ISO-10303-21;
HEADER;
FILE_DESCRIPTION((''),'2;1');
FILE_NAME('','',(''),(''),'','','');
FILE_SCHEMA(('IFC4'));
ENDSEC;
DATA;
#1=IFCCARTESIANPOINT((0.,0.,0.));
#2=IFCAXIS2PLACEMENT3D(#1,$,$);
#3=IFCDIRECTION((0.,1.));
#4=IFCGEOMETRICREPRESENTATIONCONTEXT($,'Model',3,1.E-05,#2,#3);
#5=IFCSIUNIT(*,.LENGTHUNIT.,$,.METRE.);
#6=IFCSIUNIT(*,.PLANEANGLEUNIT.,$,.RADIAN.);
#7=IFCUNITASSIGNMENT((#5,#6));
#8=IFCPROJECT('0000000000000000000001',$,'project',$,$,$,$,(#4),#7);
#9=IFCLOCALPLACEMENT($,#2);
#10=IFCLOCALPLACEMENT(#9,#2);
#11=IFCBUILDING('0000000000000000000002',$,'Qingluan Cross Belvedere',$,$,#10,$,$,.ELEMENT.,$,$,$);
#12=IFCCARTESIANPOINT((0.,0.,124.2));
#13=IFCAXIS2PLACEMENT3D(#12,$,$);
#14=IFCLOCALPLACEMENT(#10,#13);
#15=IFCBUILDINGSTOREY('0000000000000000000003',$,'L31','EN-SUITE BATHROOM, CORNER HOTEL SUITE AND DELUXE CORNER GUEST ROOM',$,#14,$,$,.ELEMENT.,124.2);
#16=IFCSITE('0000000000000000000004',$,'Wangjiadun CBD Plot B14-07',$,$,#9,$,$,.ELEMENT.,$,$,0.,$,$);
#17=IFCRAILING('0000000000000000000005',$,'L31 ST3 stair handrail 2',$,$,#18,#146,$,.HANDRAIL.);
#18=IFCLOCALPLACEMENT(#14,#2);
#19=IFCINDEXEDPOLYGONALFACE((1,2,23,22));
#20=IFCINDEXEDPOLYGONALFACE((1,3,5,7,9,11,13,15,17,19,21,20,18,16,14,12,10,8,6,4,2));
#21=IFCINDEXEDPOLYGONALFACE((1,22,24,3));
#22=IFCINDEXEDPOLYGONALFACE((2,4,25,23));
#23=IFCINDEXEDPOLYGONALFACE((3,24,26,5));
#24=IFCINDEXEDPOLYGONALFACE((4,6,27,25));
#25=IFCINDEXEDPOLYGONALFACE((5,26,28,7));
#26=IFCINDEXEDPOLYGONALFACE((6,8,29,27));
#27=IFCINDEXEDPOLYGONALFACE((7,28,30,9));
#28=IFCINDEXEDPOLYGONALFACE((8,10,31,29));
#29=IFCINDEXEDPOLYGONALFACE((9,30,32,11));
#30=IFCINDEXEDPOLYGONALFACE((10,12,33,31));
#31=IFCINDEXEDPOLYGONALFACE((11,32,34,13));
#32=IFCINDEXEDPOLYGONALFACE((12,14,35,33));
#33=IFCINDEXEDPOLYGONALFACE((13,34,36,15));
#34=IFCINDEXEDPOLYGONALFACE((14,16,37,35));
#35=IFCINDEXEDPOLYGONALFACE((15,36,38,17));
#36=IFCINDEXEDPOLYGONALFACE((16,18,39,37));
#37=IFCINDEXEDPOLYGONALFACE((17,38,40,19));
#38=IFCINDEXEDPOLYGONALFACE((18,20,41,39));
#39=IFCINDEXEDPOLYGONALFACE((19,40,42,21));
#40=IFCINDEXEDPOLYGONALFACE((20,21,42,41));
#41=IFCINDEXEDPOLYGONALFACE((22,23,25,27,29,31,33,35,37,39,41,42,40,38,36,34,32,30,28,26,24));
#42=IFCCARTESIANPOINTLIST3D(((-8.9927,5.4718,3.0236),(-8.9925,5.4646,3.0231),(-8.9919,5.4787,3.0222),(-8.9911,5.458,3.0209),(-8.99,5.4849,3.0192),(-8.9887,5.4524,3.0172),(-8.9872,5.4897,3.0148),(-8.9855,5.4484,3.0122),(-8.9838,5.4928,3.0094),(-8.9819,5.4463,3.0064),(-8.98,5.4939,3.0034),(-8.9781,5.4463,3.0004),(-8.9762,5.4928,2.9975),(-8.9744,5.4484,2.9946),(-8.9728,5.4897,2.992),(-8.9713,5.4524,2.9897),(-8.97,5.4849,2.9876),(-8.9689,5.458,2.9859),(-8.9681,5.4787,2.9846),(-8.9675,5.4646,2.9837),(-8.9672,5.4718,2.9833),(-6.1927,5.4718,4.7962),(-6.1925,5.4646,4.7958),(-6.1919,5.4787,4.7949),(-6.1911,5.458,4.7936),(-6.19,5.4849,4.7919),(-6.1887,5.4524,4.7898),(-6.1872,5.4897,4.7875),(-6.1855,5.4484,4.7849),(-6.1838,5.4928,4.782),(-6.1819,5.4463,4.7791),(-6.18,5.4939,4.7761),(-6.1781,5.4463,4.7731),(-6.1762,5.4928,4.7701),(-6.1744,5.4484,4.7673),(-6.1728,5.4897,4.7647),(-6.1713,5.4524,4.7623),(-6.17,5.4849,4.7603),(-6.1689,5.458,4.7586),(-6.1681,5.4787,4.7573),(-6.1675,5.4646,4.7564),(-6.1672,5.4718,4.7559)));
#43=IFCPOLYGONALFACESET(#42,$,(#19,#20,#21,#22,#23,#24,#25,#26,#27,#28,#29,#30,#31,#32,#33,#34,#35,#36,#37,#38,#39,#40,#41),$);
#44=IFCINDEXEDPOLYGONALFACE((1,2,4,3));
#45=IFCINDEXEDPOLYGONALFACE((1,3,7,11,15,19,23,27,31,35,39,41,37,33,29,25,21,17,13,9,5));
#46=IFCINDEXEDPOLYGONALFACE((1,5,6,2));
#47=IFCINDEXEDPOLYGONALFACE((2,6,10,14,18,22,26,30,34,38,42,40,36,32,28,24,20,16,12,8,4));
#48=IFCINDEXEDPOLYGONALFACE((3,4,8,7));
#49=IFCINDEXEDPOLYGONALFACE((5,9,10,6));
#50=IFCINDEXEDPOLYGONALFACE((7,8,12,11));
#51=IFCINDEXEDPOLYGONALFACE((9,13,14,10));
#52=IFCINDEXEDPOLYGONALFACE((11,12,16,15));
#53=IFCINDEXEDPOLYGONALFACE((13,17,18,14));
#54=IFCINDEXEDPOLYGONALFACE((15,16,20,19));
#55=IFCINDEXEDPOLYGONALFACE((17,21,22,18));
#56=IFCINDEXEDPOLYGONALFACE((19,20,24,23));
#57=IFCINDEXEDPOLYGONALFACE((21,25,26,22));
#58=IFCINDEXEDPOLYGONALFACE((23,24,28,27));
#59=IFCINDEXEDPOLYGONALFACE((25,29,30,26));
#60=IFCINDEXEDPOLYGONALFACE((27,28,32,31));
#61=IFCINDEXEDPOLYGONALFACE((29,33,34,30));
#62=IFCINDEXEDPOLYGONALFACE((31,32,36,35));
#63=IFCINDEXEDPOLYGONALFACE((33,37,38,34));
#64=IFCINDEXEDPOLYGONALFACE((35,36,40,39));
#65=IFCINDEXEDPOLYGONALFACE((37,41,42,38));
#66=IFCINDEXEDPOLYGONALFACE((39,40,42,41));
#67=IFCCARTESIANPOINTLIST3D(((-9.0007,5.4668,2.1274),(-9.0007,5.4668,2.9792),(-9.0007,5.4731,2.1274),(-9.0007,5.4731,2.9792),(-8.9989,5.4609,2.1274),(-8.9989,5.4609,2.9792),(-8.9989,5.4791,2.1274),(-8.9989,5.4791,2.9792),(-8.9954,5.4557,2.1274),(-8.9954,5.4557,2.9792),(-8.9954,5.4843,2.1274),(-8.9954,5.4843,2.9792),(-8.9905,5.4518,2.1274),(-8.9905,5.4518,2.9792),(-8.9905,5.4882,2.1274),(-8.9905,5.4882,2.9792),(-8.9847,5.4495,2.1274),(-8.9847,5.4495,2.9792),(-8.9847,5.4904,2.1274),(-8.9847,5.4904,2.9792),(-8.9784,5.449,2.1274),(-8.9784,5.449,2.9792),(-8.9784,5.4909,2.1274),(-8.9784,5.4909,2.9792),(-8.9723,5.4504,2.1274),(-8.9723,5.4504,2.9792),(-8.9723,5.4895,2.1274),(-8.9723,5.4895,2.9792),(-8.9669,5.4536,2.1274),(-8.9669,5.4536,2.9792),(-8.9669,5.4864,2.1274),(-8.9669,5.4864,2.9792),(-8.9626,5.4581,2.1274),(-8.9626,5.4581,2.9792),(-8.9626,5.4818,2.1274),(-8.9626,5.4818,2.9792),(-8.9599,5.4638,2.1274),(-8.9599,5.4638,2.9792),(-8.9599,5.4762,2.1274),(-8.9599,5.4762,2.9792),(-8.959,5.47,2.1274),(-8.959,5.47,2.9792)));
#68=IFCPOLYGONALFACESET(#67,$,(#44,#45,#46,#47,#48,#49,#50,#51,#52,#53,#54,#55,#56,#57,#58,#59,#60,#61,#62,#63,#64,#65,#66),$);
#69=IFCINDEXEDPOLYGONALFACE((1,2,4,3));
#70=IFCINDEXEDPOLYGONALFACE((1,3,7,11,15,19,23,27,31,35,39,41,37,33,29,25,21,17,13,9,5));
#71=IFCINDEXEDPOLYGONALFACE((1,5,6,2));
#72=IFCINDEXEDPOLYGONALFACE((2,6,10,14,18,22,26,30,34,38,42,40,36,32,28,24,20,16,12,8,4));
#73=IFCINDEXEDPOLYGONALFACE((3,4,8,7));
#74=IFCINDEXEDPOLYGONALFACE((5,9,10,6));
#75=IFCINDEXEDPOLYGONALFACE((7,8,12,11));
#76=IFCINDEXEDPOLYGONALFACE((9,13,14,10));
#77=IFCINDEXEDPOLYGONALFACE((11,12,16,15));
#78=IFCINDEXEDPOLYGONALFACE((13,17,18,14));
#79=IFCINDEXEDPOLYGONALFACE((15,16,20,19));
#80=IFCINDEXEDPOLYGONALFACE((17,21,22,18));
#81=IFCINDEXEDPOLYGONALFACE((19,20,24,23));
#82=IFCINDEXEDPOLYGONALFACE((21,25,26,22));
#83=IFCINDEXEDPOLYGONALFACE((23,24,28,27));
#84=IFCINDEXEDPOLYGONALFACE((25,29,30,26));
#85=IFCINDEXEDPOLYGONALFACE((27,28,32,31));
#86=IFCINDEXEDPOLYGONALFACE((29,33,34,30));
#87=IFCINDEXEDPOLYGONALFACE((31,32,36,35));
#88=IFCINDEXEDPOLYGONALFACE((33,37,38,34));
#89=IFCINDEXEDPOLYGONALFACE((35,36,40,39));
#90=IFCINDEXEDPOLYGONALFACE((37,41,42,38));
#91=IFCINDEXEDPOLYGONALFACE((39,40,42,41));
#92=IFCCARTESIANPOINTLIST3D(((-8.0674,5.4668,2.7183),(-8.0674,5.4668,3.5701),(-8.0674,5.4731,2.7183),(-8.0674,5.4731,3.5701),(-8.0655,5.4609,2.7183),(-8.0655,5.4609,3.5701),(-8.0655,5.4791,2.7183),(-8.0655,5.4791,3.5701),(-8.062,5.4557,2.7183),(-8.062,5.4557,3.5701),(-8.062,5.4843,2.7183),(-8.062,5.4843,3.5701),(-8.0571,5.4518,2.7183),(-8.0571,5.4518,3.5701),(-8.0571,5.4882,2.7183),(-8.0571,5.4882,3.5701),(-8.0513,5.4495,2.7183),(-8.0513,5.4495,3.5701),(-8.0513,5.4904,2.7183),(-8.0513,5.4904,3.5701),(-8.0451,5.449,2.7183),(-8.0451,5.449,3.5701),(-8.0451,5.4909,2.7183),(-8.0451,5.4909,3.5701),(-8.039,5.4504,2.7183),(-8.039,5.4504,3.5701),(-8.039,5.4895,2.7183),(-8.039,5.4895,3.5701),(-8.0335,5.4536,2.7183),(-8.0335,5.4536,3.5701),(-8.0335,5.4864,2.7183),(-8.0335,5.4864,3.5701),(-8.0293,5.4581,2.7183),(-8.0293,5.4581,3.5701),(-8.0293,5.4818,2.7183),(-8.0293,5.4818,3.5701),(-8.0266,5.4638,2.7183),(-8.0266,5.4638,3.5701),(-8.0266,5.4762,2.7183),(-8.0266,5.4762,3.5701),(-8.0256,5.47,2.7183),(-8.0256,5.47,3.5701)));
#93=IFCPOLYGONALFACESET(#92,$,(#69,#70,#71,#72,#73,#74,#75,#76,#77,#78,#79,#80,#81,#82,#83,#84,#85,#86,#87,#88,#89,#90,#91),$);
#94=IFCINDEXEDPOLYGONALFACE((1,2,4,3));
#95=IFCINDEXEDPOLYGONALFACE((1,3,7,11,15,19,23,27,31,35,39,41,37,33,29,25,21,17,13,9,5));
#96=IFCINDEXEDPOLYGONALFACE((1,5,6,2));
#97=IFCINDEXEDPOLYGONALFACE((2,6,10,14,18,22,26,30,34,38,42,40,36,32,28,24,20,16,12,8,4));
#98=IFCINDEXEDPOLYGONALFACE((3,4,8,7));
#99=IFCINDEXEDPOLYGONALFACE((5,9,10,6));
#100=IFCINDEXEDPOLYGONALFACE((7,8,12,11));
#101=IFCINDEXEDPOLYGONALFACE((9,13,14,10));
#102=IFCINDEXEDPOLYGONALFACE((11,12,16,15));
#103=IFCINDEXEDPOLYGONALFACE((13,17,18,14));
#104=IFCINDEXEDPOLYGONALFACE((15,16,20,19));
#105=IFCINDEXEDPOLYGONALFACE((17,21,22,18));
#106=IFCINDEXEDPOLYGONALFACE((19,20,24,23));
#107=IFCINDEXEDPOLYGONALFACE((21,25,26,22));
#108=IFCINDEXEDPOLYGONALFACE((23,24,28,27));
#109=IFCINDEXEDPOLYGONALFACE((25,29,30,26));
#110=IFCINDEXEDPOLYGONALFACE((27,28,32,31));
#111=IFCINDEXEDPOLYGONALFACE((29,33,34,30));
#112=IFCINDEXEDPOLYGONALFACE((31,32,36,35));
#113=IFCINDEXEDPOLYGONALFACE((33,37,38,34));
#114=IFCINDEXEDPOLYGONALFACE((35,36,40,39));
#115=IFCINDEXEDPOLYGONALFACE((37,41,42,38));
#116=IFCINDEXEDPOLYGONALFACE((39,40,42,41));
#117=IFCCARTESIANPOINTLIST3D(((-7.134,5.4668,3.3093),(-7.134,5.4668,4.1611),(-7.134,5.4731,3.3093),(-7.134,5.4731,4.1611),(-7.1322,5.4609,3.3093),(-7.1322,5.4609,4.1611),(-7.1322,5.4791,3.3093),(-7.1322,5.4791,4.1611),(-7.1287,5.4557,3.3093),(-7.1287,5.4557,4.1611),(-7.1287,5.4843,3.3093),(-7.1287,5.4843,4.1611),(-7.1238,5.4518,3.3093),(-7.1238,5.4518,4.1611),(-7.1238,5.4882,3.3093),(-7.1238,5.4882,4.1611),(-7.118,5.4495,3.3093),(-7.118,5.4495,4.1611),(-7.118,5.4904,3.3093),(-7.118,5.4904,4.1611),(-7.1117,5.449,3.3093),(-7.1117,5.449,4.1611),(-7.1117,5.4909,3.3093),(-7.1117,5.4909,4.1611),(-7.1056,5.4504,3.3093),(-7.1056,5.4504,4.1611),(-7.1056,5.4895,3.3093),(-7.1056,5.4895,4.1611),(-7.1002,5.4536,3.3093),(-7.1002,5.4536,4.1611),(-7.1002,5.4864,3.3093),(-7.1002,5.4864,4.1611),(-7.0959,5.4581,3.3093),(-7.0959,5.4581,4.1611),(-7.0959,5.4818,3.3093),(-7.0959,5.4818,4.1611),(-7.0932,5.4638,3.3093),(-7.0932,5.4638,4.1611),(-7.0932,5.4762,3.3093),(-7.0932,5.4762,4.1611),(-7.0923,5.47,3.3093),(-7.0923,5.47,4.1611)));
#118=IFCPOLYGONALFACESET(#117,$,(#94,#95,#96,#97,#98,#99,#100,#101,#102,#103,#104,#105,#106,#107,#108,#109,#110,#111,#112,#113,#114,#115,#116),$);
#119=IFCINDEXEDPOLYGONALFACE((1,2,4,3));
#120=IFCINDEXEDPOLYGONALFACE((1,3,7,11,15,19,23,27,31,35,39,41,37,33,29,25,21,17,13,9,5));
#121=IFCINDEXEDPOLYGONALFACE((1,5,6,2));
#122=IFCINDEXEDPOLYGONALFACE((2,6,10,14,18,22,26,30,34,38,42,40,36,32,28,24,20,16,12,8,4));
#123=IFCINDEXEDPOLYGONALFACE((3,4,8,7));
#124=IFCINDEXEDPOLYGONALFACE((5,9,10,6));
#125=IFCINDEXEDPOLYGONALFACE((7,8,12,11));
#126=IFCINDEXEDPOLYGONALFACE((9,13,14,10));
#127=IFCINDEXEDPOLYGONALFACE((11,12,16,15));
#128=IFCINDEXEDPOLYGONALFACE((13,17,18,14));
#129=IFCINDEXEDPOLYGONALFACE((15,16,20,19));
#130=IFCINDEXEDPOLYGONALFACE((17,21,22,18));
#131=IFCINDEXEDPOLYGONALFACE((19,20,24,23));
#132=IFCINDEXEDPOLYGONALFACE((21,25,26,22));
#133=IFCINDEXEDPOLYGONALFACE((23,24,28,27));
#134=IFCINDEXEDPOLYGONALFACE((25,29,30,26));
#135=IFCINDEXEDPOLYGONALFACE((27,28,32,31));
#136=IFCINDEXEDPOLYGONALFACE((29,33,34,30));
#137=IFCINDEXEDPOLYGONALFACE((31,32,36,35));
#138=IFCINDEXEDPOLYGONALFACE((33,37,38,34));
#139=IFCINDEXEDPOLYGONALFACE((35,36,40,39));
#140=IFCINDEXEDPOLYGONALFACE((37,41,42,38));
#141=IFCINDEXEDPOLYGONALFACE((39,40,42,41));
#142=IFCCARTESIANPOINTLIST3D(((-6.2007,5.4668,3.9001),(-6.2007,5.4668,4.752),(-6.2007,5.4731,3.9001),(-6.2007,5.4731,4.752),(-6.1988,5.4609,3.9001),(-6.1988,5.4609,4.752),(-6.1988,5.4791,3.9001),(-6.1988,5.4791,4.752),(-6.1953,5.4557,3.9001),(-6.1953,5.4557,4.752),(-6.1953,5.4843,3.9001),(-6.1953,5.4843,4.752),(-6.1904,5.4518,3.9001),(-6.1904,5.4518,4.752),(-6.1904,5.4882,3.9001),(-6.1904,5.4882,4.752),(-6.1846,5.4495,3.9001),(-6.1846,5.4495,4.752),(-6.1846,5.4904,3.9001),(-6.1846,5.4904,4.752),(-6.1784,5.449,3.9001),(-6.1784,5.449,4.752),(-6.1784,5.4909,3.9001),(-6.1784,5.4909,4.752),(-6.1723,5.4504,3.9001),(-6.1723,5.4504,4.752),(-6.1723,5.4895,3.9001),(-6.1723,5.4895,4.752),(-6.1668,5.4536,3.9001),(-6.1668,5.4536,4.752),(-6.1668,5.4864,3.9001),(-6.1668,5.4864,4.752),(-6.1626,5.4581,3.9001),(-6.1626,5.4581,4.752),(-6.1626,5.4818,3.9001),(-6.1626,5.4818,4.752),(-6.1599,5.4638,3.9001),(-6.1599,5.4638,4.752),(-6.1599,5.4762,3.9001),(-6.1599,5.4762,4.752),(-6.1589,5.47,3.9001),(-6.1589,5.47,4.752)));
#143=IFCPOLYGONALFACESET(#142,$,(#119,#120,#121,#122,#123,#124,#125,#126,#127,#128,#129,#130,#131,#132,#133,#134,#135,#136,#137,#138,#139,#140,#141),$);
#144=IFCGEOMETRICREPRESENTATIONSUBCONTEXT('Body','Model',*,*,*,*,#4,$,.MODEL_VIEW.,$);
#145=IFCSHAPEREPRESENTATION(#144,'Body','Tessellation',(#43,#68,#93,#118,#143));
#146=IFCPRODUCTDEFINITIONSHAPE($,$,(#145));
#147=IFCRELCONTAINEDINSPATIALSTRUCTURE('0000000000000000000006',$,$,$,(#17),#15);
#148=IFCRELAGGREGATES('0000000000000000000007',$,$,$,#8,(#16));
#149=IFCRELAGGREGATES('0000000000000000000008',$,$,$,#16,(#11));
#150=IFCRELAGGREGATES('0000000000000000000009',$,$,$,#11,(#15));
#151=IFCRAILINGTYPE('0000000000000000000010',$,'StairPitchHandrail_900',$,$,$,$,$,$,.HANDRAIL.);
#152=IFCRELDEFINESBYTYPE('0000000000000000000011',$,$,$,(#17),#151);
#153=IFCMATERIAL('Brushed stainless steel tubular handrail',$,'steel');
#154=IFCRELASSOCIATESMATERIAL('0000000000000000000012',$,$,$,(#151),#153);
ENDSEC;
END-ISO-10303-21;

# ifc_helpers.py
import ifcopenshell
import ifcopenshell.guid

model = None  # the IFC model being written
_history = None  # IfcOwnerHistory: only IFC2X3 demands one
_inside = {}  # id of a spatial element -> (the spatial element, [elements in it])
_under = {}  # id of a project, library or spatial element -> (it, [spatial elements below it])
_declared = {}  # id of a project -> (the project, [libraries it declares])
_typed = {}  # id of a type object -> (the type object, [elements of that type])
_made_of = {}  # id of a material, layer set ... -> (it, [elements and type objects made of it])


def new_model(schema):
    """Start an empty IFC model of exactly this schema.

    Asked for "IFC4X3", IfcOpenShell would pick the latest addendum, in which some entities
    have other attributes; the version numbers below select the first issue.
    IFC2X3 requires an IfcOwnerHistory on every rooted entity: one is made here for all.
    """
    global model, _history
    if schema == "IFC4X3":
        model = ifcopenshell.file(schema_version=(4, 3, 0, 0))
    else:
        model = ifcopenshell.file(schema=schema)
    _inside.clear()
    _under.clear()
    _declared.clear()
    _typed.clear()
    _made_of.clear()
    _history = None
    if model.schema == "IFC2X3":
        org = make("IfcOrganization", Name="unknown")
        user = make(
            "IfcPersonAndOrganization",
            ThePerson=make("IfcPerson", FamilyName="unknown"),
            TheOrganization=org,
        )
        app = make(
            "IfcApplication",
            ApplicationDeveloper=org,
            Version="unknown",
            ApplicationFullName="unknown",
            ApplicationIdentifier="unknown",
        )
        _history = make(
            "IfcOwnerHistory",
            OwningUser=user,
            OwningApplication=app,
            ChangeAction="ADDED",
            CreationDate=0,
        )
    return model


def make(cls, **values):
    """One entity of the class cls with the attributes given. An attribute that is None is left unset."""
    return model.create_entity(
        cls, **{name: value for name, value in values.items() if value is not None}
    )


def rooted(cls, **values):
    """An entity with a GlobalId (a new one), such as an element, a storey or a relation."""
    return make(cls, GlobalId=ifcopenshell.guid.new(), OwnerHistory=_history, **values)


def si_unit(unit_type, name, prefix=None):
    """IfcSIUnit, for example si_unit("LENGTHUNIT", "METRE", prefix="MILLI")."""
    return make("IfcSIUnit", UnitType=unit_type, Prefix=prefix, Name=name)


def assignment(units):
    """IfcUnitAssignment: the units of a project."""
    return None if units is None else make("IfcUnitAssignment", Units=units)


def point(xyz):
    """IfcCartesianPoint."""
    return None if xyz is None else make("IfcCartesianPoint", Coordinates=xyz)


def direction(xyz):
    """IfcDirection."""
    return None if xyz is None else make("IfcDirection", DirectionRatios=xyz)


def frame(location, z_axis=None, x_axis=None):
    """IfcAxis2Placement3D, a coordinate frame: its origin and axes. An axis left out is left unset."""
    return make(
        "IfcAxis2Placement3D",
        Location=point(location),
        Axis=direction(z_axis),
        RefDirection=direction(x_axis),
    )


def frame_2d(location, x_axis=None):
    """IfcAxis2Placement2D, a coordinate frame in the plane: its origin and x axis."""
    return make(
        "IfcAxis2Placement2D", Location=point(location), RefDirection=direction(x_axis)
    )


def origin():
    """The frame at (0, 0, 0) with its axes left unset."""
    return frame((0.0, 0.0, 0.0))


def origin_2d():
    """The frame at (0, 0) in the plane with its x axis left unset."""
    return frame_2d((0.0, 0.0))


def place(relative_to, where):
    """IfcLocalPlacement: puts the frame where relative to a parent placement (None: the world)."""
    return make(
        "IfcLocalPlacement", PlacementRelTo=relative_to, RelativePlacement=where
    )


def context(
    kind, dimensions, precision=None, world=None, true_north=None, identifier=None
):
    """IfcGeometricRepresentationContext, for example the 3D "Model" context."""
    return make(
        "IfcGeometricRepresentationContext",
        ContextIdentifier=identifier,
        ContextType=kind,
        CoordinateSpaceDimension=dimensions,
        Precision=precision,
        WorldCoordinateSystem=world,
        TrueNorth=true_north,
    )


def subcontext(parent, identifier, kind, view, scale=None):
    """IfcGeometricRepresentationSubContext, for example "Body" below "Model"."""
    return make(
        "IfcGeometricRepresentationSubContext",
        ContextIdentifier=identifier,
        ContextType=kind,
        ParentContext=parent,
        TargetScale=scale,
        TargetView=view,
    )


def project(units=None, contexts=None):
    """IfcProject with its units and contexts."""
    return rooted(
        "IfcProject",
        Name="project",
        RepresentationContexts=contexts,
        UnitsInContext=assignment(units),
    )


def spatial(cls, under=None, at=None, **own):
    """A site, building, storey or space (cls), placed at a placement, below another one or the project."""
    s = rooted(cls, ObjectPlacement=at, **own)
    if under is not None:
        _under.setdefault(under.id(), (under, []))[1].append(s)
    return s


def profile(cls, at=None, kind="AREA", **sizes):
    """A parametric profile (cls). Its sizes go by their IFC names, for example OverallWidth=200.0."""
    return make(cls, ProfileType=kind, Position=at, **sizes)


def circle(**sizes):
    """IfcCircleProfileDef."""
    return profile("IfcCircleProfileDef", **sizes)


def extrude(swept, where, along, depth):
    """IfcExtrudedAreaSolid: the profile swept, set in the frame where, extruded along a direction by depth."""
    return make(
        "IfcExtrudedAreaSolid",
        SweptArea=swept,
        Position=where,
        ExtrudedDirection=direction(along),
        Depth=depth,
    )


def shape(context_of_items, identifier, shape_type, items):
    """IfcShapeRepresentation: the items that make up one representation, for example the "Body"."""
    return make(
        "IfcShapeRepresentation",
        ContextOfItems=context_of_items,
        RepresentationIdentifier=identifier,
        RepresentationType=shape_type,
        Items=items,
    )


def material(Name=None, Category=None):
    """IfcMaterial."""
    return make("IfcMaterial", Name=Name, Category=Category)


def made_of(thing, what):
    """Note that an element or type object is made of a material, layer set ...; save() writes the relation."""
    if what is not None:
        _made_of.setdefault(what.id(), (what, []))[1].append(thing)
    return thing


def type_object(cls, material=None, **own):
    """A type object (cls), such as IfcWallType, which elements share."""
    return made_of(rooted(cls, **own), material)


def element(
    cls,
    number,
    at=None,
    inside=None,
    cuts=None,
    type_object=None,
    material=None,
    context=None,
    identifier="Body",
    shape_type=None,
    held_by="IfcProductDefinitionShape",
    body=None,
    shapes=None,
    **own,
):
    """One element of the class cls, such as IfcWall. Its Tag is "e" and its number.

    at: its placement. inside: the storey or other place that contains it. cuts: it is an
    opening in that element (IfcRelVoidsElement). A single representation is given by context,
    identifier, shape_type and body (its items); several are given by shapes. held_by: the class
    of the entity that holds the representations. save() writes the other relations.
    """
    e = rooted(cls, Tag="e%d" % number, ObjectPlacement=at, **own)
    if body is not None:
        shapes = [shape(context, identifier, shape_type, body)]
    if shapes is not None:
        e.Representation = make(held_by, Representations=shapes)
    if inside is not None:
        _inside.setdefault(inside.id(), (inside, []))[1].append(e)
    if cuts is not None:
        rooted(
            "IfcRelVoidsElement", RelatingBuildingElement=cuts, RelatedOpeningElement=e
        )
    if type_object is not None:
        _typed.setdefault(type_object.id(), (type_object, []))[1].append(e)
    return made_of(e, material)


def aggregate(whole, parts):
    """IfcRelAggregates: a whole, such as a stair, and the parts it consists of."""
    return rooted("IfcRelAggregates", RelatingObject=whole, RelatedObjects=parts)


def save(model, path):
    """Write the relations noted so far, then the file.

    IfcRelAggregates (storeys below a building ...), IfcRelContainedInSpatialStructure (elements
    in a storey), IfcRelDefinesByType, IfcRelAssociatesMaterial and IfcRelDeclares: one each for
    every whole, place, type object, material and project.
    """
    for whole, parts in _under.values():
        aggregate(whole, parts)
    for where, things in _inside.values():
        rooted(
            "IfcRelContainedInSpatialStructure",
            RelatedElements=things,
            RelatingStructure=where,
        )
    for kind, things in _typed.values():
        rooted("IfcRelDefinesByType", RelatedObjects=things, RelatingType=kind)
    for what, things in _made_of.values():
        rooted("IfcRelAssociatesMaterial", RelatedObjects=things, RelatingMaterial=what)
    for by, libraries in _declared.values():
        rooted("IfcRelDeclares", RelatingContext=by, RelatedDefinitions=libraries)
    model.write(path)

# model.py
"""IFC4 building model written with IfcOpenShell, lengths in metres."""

from ifc_helpers import new_model, si_unit, direction, frame, origin, origin_2d, place, context, subcontext, project, spatial, circle, extrude, material, type_object, element, save


model = new_model("IFC4")

# Units and contexts
model_context = context("Model", 3, precision=1e-05, world=origin(), true_north=direction((0.0, 1.0)))
body_context = subcontext(model_context, "Body", "Model", "MODEL_VIEW")
ifc_project = project(units=[si_unit("LENGTHUNIT", "METRE"), si_unit("PLANEANGLEUNIT", "RADIAN")], contexts=[model_context])

# Site, building, storey
site_placement = place(None, origin())
site = spatial("IfcSite", under=ifc_project, at=site_placement, Name="Wangjiadun CBD Plot B14-07", CompositionType="ELEMENT", RefElevation=0.0)
building_placement = place(site_placement, origin())
building = spatial("IfcBuilding", under=site, at=building_placement, Name="Qingluan Cross Belvedere", CompositionType="ELEMENT")
storey_placement = place(building_placement, frame((0.0, 0.0, 124.2)))
storey = spatial("IfcBuildingStorey", under=building, at=storey_placement, Name="L31", Description="EN-SUITE BATHROOM, CORNER HOTEL SUITE AND DELUXE CORNER GUEST ROOM", CompositionType="ELEMENT", Elevation=124.2)

# Railing
ifc_material_1 = material(Name="Brushed stainless steel tubular handrail", Category="steel")
railing_type_1 = type_object("IfcRailingType", Name="StairPitchHandrail_900", PredefinedType="HANDRAIL", material=ifc_material_1)
railing_1_placement = place(storey_placement, frame((-8.98, 5.47, 2.1274)))
element("IfcRailing", 1, at=railing_1_placement, inside=storey, type_object=railing_type_1, Name="L31 ST3 stair handrail 2", PredefinedType="HANDRAIL", context=body_context, shape_type="SweptSolid", body=[
    extrude(circle(Radius=0.0239, at=origin_2d()), frame((0.0, 0.0, 0.876), z_axis=(0.844909, 0.0, 0.53491), x_axis=(0.0, 1.0, 0.0)), (0.0, 0.0, 1.0), 3.314),
    extrude(circle(Radius=0.021, at=origin_2d()), origin(), (0.0, 0.0, 1.0), 0.8518),
    extrude(circle(Radius=0.021, at=origin_2d()), frame((0.9333, 0.0, 0.5908)), (0.0, 0.0, 1.0), 0.8518),
    extrude(circle(Radius=0.021, at=origin_2d()), frame((1.8667, 0.0, 1.1819)), (0.0, 0.0, 1.0), 0.8518),
    extrude(circle(Radius=0.021, at=origin_2d()), frame((2.8, 0.0, 1.7727)), (0.0, 0.0, 1.0), 0.8518),
])

save(model, "model.ifc")
